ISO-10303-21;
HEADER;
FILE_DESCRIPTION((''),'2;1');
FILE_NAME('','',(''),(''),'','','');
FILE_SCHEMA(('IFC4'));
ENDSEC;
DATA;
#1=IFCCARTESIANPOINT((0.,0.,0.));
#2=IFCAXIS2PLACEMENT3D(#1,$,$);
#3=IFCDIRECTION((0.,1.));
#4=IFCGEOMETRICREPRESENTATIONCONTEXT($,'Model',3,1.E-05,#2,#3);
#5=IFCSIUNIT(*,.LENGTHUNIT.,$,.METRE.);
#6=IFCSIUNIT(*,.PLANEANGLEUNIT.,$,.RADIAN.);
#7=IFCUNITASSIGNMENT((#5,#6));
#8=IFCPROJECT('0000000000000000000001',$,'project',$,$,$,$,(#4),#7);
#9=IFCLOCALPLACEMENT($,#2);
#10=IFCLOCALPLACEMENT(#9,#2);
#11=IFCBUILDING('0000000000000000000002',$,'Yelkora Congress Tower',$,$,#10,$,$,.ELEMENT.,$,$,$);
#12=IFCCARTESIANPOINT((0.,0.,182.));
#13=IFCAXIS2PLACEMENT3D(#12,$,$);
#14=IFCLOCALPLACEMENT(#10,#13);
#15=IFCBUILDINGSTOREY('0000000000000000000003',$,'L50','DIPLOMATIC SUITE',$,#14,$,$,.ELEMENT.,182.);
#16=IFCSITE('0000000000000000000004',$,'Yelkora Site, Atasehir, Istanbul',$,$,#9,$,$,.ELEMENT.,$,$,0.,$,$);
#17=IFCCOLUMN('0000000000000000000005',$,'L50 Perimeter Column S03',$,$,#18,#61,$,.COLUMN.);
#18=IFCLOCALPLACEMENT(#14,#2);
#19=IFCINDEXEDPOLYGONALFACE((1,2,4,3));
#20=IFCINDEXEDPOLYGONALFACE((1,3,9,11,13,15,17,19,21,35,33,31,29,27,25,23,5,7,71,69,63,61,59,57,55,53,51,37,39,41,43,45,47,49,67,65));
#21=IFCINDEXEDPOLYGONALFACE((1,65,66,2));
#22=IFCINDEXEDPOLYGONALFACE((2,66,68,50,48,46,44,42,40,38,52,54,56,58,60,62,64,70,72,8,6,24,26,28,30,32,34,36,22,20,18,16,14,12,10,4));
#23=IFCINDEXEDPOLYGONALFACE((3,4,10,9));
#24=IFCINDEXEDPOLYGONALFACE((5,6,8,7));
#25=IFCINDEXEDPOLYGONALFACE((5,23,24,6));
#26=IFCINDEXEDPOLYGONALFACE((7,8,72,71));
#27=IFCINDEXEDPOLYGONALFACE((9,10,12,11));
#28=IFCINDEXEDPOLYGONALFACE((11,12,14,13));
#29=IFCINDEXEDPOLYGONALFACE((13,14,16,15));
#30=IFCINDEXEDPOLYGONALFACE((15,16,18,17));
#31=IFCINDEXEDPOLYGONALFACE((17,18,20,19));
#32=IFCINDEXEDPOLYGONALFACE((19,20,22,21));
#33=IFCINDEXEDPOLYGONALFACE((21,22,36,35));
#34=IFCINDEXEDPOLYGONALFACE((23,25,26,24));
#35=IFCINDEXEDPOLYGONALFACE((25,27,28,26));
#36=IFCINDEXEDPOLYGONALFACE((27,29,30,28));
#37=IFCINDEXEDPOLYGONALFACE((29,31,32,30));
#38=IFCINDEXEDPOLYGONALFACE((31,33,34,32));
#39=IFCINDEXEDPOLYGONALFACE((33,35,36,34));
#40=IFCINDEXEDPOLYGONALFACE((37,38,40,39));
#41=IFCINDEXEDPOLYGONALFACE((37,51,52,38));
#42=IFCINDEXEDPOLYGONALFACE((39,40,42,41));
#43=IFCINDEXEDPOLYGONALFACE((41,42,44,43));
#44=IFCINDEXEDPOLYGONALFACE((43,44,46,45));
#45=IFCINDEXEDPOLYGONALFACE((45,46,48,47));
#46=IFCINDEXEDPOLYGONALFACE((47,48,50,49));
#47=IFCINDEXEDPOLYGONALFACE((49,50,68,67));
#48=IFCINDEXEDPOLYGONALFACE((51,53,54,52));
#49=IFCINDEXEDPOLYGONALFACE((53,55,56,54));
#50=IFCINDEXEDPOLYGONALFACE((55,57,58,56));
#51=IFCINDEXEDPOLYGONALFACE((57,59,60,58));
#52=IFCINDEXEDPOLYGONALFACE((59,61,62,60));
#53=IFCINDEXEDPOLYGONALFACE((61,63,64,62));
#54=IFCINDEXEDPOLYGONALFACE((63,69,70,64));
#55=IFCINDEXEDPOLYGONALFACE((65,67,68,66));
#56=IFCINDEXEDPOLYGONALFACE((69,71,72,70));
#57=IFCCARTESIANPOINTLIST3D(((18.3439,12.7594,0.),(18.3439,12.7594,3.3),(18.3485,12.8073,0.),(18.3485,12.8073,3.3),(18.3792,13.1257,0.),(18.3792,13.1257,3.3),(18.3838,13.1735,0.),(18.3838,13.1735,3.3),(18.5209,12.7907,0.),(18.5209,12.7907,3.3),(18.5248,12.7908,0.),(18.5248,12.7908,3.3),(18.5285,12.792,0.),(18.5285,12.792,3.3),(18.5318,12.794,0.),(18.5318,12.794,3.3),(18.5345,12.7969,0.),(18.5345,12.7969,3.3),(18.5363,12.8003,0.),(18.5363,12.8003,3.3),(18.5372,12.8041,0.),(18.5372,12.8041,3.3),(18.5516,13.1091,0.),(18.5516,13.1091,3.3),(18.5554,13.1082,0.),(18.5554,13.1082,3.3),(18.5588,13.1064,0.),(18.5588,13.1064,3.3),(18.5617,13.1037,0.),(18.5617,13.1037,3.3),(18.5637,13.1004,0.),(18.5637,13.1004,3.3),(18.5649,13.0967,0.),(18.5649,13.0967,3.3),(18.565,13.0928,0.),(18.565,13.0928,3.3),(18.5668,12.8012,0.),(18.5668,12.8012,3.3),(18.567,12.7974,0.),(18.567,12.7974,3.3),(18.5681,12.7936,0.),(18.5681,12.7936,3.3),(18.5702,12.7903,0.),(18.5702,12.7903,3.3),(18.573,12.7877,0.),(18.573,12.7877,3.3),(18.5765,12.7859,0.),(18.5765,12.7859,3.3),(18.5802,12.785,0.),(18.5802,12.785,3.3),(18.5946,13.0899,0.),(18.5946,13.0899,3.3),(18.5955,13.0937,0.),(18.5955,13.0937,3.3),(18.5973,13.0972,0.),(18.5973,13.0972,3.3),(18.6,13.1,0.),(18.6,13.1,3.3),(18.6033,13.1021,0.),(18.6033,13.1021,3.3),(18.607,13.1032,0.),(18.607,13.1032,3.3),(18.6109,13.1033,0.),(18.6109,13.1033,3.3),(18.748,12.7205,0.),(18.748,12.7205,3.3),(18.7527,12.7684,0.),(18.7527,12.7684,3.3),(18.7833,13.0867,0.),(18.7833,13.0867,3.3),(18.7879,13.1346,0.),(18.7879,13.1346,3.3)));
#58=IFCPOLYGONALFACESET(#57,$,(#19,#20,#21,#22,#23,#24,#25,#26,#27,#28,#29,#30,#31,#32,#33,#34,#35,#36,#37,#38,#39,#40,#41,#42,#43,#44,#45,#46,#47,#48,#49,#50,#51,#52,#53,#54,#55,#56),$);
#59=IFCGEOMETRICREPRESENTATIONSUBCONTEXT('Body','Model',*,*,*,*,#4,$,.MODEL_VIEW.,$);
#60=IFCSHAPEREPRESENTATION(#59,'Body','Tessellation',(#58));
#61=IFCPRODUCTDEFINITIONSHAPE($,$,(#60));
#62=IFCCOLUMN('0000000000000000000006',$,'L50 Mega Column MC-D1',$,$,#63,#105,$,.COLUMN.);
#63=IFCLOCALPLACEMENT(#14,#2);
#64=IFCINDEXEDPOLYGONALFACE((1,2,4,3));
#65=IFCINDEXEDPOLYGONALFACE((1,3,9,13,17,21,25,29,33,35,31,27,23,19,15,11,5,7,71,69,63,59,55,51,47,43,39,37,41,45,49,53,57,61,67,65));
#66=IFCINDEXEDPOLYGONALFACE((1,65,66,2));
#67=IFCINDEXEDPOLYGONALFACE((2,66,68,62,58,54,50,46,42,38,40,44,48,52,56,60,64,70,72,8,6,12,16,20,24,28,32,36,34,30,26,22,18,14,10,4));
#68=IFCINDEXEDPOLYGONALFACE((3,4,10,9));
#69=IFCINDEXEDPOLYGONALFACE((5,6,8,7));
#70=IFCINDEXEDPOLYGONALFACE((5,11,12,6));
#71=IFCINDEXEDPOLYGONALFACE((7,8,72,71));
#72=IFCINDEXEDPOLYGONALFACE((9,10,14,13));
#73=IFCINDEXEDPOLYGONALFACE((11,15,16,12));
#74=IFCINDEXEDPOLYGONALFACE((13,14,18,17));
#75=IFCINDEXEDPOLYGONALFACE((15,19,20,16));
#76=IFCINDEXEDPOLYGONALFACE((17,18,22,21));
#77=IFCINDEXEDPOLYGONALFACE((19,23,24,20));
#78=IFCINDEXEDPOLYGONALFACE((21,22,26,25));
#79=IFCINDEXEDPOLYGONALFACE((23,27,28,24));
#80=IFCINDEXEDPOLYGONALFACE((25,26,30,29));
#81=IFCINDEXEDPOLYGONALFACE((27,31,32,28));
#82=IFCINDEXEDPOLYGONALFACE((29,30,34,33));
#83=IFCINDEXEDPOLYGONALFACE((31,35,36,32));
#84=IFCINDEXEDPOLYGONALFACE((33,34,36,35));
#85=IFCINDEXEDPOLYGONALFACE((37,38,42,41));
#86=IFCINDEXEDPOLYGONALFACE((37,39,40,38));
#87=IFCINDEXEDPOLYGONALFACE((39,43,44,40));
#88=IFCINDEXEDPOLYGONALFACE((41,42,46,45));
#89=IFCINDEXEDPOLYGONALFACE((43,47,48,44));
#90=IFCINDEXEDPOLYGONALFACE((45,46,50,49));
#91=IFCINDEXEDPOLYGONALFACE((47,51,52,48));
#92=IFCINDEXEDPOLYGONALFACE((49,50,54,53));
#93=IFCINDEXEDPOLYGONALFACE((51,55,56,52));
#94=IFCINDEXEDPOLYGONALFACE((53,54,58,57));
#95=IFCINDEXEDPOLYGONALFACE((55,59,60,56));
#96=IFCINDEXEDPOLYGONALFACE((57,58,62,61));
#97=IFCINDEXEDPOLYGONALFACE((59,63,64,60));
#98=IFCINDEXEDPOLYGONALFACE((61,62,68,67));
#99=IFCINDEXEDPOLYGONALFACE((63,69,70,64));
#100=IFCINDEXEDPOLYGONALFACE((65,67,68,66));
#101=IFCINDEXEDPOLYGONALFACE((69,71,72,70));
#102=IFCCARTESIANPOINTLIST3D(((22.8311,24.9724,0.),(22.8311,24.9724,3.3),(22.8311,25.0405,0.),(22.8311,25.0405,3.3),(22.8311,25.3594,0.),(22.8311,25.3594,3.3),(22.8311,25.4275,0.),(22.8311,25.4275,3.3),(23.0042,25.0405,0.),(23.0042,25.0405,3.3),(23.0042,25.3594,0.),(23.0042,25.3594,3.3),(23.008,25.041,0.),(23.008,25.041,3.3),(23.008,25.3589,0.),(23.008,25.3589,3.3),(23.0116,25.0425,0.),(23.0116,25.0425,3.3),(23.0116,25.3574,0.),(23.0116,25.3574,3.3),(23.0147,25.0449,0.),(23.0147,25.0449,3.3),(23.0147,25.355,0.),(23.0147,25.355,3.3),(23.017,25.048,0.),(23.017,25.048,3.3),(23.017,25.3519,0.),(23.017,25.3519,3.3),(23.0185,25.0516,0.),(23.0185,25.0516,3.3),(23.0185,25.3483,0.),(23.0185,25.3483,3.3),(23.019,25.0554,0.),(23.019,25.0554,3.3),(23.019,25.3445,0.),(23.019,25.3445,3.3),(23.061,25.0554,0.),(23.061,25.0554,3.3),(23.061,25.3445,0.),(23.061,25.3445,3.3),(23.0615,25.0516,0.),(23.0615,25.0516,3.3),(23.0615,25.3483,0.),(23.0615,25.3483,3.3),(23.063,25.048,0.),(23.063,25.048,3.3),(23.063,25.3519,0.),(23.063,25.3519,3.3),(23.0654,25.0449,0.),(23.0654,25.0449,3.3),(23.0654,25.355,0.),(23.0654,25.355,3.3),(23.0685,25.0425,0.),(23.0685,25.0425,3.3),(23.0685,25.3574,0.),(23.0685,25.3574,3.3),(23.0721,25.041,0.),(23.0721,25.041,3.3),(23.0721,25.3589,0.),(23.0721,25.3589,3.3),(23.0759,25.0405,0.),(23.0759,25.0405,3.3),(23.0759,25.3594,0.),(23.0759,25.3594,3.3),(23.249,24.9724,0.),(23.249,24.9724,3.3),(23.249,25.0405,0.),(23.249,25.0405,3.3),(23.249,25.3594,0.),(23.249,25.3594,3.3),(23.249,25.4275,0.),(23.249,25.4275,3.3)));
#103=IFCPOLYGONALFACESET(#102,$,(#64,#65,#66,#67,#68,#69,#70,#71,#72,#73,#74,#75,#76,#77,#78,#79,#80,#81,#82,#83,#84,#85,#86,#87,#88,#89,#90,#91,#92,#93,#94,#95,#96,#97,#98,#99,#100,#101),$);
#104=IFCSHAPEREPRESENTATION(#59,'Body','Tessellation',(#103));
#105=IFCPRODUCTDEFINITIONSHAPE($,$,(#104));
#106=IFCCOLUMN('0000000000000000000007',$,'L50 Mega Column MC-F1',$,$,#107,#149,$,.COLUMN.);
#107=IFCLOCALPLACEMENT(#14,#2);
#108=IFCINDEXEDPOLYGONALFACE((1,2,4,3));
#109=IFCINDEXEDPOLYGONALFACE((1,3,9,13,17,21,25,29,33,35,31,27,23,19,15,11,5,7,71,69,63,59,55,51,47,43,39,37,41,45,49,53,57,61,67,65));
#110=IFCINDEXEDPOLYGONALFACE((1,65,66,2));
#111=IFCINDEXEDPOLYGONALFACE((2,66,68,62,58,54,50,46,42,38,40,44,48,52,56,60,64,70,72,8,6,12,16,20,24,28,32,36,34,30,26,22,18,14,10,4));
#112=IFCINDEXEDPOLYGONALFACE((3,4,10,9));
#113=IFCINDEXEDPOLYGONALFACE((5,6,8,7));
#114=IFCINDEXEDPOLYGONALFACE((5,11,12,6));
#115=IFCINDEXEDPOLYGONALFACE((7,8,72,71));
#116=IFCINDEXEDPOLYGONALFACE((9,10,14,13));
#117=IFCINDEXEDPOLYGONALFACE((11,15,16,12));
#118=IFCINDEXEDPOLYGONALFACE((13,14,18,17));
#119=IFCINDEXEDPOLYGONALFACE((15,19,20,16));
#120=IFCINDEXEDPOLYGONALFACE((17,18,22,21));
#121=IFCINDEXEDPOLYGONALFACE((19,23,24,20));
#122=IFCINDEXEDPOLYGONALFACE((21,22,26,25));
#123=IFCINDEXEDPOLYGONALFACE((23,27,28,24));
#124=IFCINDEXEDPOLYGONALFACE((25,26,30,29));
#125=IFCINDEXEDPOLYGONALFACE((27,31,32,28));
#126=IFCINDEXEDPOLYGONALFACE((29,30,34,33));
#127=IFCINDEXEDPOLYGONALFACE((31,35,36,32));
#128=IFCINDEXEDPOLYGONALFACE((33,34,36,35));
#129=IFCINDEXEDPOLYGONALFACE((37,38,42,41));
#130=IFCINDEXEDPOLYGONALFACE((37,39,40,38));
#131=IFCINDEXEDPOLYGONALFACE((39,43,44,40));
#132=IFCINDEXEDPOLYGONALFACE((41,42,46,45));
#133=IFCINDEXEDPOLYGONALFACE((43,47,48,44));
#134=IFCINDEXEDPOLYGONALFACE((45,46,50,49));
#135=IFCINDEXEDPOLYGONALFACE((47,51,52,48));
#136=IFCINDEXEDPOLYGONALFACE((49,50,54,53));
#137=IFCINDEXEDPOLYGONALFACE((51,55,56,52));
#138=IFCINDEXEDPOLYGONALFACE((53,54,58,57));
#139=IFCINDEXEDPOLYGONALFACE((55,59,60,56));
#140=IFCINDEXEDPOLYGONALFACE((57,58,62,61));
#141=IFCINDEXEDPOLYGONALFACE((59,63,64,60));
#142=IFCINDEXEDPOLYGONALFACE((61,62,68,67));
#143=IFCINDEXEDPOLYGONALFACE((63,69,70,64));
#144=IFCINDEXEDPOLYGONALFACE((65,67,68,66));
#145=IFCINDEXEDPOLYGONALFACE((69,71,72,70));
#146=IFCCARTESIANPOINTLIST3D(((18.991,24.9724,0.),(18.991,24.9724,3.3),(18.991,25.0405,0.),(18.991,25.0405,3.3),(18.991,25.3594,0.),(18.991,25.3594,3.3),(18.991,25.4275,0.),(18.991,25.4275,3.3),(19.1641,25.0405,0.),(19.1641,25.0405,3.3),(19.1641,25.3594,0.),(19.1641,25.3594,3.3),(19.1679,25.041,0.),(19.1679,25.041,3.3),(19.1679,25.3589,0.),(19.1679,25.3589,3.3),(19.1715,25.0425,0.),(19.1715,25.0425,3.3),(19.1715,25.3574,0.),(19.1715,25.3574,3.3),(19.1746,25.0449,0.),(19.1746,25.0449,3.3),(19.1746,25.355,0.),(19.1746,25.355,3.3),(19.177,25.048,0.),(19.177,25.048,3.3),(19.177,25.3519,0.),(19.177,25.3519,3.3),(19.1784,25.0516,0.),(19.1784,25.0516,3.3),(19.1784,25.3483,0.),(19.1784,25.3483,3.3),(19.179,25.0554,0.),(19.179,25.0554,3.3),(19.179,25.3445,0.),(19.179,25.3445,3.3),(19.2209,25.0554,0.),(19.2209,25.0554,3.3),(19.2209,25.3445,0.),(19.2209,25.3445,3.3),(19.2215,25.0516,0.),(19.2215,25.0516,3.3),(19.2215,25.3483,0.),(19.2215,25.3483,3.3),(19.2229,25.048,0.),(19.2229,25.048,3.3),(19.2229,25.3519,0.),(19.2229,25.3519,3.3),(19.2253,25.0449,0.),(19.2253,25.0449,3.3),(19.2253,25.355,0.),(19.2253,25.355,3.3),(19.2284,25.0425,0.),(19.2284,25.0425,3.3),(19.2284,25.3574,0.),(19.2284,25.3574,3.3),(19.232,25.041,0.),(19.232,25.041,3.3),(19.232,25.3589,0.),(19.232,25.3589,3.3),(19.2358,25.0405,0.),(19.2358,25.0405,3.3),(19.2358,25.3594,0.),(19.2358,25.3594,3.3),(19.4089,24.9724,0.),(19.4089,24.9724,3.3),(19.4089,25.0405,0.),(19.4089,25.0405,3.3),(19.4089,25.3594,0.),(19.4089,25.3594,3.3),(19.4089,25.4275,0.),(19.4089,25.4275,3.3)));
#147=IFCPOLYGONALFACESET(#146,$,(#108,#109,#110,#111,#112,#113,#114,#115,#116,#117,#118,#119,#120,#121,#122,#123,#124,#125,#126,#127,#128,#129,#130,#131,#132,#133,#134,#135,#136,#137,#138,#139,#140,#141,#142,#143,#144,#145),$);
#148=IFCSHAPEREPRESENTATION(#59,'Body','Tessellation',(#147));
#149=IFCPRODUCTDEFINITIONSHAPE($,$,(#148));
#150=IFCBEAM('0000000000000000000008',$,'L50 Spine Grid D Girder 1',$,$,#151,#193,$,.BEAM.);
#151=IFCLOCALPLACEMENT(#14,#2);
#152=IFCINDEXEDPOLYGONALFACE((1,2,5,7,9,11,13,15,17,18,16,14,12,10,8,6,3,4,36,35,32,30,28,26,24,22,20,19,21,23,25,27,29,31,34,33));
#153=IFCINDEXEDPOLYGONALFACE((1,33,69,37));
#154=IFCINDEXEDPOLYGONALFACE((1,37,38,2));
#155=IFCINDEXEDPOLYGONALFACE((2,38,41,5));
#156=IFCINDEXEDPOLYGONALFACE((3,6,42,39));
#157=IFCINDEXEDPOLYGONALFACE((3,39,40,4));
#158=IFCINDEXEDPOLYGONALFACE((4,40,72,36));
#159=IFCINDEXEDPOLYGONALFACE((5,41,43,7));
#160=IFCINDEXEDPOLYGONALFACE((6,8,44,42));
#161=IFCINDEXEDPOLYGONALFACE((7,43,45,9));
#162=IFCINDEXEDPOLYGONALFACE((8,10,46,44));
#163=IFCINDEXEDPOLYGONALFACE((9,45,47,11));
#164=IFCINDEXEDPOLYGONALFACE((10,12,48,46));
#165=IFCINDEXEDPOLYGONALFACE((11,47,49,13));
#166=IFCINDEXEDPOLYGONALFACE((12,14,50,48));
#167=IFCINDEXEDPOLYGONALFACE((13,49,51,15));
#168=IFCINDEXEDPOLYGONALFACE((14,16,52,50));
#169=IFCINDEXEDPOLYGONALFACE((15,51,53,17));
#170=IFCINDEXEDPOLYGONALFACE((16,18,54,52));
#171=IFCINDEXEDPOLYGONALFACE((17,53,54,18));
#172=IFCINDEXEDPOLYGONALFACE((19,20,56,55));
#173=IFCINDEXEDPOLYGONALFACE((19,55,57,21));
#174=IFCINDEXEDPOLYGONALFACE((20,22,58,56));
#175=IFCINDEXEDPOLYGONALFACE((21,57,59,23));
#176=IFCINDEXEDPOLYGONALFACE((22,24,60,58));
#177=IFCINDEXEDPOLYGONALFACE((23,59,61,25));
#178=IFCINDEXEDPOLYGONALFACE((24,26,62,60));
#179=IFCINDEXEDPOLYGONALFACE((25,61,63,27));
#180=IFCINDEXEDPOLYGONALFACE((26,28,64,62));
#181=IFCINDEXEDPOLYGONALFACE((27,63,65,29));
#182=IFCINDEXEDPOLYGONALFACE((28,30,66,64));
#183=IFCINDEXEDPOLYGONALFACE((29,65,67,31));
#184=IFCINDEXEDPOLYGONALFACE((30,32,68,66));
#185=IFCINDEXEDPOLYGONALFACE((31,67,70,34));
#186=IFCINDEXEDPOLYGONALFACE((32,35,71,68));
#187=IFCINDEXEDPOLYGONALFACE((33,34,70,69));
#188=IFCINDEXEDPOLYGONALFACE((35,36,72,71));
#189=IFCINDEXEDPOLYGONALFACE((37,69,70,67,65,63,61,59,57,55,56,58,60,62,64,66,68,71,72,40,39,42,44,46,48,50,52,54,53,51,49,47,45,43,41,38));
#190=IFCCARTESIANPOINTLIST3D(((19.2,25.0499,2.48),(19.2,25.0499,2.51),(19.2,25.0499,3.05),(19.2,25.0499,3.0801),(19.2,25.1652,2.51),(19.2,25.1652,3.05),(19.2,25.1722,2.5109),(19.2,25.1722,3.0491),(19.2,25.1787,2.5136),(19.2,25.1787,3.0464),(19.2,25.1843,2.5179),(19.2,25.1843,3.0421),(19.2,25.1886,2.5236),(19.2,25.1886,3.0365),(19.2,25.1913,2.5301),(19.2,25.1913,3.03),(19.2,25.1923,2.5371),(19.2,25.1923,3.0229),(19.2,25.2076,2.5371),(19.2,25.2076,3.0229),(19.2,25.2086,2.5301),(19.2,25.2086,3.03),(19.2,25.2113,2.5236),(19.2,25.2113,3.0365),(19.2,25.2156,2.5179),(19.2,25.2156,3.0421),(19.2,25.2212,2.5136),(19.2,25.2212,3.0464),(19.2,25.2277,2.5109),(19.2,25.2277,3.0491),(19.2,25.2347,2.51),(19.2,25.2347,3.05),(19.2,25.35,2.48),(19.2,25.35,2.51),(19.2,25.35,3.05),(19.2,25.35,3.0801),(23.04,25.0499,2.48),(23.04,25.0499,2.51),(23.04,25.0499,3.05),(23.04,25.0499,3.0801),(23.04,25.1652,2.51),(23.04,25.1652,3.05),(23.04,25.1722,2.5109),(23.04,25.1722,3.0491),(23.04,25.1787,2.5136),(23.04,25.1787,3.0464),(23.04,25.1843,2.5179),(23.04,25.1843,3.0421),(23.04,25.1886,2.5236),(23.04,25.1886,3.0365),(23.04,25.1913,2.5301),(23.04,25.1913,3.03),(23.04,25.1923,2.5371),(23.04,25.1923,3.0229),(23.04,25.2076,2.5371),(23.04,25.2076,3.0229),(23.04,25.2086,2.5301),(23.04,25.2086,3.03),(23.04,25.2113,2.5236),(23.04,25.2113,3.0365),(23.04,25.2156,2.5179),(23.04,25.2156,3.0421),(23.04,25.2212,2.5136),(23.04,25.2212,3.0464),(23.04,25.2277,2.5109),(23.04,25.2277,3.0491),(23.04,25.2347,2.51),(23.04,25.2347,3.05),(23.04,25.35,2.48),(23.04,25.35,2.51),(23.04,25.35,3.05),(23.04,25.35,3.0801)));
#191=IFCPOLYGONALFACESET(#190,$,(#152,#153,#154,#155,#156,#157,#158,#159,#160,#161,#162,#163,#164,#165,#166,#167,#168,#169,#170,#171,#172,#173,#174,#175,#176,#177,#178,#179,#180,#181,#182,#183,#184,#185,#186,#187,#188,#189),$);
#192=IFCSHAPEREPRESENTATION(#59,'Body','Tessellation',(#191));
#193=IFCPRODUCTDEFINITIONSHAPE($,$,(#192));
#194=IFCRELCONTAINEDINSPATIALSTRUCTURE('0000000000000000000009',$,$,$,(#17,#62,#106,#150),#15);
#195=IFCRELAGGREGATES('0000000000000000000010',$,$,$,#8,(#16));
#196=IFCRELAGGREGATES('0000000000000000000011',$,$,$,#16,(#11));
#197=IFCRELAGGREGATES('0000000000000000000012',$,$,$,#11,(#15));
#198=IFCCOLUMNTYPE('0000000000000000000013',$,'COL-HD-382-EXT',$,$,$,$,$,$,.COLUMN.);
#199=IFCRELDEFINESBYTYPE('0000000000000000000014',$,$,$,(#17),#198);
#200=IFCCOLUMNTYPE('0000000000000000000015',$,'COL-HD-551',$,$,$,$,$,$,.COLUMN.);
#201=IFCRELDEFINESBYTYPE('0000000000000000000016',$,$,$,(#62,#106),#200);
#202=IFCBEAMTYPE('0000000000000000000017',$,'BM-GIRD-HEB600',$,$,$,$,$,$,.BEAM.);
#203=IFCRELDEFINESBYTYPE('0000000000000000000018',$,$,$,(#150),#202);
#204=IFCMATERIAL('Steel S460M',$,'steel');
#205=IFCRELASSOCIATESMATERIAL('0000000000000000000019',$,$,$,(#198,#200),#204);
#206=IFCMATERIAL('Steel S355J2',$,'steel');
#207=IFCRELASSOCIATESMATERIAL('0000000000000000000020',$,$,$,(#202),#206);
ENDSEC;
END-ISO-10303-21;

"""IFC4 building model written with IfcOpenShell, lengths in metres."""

from ifc_helpers import new_model, si_unit, direction, frame, origin, origin_2d, place, context, subcontext, project, spatial, i_section, extrude, material, material_profile, profile_set, type_object, element, save


model = new_model("IFC4")

# Units and contexts
model_context = context("Model", 3, precision=1e-05, world=origin(), true_north=direction((0.0, 1.0)))
body_context = subcontext(model_context, "Body", "Model", "MODEL_VIEW")
ifc_project = project(units=[si_unit("LENGTHUNIT", "METRE"), si_unit("PLANEANGLEUNIT", "RADIAN")], contexts=[model_context])

# Site, building, storey
site_placement = place(None, origin())
site = spatial("IfcSite", under=ifc_project, at=site_placement, Name="Yelkora Site, Atasehir, Istanbul", CompositionType="ELEMENT", RefElevation=0.0)
building_placement = place(site_placement, origin())
building = spatial("IfcBuilding", under=site, at=building_placement, Name="Yelkora Congress Tower", CompositionType="ELEMENT")
storey_placement = place(building_placement, frame((0.0, 0.0, 182.0)))
storey = spatial("IfcBuildingStorey", under=building, at=storey_placement, Name="L50", Description="DIPLOMATIC SUITE", CompositionType="ELEMENT", Elevation=182.0)

# Columns
ifc_material_1 = material(Name="Steel S460M", Category="steel")
ifc_material_profile_1 = material_profile(ifc_material_1, i_section(OverallWidth=0.406, OverallDepth=0.416, WebThickness=0.0298, FlangeThickness=0.0481, FilletRadius=0.0149, at=origin_2d()), Name="HD 400x382")
ifc_profile_set_1 = profile_set([ifc_material_profile_1], Name="Steel S460M")
column_type_1 = type_object("IfcColumnType", Name="COL-HD-382-EXT", PredefinedType="COLUMN", material=ifc_profile_set_1)
column_placement = place(storey_placement, frame((18.5659, 12.947, 0.0), z_axis=(0.0, 0.0, 1.0), x_axis=(0.995396, -0.095846, 0.0)))
element("IfcColumn", 1, at=column_placement, inside=storey, type_object=column_type_1, Name="L50 Perimeter Column S03", PredefinedType="COLUMN", context=body_context, shape_type="SweptSolid", body=[
    extrude(i_section(OverallWidth=0.406, OverallDepth=0.416, WebThickness=0.0298, FlangeThickness=0.0481, FilletRadius=0.0149, at=origin_2d()), origin(), (0.0, 0.0, 1.0), 3.3),
])
ifc_material_profile_2 = material_profile(ifc_material_1, i_section(OverallWidth=0.418, OverallDepth=0.4551, WebThickness=0.042, FlangeThickness=0.0681, FilletRadius=0.0149, at=origin_2d()), Name="HD 400x551")
ifc_profile_set_2 = profile_set([ifc_material_profile_2], Name="Steel S460M")
column_type_2 = type_object("IfcColumnType", Name="COL-HD-551", PredefinedType="COLUMN", material=ifc_profile_set_2)
for number, where, z_axis, x_axis, name in (
    (2, (23.04, 25.2, 0.0), (0.0, 0.0, 1.0), (1.0, 0.0, 0.0), "L50 Mega Column MC-D1"),
    (3, (19.2, 25.2, 0.0), (0.0, 0.0, 1.0), (1.0, 0.0, 0.0), "L50 Mega Column MC-F1"),
):
    element("IfcColumn", number, at=place(storey_placement, frame(where, z_axis=z_axis, x_axis=x_axis)), inside=storey, type_object=column_type_2, Name=name, PredefinedType="COLUMN", context=body_context, shape_type="SweptSolid", body=[
        extrude(i_section(OverallWidth=0.418, OverallDepth=0.4551, WebThickness=0.042, FlangeThickness=0.0681, FilletRadius=0.0149, at=origin_2d()), origin(), (0.0, 0.0, 1.0), 3.3),
    ])

# Beam
ifc_material_2 = material(Name="Steel S355J2", Category="steel")
ifc_material_profile_3 = material_profile(ifc_material_2, i_section(OverallWidth=0.3, OverallDepth=0.6001, WebThickness=0.0154, FlangeThickness=0.03, FilletRadius=0.0271, at=origin_2d()), Name="HEB 600")
ifc_profile_set_3 = profile_set([ifc_material_profile_3], Name="Steel S355J2")
beam_type_1 = type_object("IfcBeamType", Name="BM-GIRD-HEB600", PredefinedType="BEAM", material=ifc_profile_set_3)
beam_1_placement = place(storey_placement, frame((19.2, 25.2, 2.78), z_axis=(1.0, 0.0, 0.0), x_axis=(0.0, 1.0, 0.0)))
element("IfcBeam", 4, at=beam_1_placement, inside=storey, type_object=beam_type_1, Name="L50 Spine Grid D Girder 1", PredefinedType="BEAM", context=body_context, shape_type="SweptSolid", body=[
    extrude(i_section(OverallWidth=0.3, OverallDepth=0.6001, WebThickness=0.0154, FlangeThickness=0.03, FilletRadius=0.0271, at=origin_2d()), origin(), (0.0, 0.0, 1.0), 3.8401),
])

save(model, "model.ifc")
